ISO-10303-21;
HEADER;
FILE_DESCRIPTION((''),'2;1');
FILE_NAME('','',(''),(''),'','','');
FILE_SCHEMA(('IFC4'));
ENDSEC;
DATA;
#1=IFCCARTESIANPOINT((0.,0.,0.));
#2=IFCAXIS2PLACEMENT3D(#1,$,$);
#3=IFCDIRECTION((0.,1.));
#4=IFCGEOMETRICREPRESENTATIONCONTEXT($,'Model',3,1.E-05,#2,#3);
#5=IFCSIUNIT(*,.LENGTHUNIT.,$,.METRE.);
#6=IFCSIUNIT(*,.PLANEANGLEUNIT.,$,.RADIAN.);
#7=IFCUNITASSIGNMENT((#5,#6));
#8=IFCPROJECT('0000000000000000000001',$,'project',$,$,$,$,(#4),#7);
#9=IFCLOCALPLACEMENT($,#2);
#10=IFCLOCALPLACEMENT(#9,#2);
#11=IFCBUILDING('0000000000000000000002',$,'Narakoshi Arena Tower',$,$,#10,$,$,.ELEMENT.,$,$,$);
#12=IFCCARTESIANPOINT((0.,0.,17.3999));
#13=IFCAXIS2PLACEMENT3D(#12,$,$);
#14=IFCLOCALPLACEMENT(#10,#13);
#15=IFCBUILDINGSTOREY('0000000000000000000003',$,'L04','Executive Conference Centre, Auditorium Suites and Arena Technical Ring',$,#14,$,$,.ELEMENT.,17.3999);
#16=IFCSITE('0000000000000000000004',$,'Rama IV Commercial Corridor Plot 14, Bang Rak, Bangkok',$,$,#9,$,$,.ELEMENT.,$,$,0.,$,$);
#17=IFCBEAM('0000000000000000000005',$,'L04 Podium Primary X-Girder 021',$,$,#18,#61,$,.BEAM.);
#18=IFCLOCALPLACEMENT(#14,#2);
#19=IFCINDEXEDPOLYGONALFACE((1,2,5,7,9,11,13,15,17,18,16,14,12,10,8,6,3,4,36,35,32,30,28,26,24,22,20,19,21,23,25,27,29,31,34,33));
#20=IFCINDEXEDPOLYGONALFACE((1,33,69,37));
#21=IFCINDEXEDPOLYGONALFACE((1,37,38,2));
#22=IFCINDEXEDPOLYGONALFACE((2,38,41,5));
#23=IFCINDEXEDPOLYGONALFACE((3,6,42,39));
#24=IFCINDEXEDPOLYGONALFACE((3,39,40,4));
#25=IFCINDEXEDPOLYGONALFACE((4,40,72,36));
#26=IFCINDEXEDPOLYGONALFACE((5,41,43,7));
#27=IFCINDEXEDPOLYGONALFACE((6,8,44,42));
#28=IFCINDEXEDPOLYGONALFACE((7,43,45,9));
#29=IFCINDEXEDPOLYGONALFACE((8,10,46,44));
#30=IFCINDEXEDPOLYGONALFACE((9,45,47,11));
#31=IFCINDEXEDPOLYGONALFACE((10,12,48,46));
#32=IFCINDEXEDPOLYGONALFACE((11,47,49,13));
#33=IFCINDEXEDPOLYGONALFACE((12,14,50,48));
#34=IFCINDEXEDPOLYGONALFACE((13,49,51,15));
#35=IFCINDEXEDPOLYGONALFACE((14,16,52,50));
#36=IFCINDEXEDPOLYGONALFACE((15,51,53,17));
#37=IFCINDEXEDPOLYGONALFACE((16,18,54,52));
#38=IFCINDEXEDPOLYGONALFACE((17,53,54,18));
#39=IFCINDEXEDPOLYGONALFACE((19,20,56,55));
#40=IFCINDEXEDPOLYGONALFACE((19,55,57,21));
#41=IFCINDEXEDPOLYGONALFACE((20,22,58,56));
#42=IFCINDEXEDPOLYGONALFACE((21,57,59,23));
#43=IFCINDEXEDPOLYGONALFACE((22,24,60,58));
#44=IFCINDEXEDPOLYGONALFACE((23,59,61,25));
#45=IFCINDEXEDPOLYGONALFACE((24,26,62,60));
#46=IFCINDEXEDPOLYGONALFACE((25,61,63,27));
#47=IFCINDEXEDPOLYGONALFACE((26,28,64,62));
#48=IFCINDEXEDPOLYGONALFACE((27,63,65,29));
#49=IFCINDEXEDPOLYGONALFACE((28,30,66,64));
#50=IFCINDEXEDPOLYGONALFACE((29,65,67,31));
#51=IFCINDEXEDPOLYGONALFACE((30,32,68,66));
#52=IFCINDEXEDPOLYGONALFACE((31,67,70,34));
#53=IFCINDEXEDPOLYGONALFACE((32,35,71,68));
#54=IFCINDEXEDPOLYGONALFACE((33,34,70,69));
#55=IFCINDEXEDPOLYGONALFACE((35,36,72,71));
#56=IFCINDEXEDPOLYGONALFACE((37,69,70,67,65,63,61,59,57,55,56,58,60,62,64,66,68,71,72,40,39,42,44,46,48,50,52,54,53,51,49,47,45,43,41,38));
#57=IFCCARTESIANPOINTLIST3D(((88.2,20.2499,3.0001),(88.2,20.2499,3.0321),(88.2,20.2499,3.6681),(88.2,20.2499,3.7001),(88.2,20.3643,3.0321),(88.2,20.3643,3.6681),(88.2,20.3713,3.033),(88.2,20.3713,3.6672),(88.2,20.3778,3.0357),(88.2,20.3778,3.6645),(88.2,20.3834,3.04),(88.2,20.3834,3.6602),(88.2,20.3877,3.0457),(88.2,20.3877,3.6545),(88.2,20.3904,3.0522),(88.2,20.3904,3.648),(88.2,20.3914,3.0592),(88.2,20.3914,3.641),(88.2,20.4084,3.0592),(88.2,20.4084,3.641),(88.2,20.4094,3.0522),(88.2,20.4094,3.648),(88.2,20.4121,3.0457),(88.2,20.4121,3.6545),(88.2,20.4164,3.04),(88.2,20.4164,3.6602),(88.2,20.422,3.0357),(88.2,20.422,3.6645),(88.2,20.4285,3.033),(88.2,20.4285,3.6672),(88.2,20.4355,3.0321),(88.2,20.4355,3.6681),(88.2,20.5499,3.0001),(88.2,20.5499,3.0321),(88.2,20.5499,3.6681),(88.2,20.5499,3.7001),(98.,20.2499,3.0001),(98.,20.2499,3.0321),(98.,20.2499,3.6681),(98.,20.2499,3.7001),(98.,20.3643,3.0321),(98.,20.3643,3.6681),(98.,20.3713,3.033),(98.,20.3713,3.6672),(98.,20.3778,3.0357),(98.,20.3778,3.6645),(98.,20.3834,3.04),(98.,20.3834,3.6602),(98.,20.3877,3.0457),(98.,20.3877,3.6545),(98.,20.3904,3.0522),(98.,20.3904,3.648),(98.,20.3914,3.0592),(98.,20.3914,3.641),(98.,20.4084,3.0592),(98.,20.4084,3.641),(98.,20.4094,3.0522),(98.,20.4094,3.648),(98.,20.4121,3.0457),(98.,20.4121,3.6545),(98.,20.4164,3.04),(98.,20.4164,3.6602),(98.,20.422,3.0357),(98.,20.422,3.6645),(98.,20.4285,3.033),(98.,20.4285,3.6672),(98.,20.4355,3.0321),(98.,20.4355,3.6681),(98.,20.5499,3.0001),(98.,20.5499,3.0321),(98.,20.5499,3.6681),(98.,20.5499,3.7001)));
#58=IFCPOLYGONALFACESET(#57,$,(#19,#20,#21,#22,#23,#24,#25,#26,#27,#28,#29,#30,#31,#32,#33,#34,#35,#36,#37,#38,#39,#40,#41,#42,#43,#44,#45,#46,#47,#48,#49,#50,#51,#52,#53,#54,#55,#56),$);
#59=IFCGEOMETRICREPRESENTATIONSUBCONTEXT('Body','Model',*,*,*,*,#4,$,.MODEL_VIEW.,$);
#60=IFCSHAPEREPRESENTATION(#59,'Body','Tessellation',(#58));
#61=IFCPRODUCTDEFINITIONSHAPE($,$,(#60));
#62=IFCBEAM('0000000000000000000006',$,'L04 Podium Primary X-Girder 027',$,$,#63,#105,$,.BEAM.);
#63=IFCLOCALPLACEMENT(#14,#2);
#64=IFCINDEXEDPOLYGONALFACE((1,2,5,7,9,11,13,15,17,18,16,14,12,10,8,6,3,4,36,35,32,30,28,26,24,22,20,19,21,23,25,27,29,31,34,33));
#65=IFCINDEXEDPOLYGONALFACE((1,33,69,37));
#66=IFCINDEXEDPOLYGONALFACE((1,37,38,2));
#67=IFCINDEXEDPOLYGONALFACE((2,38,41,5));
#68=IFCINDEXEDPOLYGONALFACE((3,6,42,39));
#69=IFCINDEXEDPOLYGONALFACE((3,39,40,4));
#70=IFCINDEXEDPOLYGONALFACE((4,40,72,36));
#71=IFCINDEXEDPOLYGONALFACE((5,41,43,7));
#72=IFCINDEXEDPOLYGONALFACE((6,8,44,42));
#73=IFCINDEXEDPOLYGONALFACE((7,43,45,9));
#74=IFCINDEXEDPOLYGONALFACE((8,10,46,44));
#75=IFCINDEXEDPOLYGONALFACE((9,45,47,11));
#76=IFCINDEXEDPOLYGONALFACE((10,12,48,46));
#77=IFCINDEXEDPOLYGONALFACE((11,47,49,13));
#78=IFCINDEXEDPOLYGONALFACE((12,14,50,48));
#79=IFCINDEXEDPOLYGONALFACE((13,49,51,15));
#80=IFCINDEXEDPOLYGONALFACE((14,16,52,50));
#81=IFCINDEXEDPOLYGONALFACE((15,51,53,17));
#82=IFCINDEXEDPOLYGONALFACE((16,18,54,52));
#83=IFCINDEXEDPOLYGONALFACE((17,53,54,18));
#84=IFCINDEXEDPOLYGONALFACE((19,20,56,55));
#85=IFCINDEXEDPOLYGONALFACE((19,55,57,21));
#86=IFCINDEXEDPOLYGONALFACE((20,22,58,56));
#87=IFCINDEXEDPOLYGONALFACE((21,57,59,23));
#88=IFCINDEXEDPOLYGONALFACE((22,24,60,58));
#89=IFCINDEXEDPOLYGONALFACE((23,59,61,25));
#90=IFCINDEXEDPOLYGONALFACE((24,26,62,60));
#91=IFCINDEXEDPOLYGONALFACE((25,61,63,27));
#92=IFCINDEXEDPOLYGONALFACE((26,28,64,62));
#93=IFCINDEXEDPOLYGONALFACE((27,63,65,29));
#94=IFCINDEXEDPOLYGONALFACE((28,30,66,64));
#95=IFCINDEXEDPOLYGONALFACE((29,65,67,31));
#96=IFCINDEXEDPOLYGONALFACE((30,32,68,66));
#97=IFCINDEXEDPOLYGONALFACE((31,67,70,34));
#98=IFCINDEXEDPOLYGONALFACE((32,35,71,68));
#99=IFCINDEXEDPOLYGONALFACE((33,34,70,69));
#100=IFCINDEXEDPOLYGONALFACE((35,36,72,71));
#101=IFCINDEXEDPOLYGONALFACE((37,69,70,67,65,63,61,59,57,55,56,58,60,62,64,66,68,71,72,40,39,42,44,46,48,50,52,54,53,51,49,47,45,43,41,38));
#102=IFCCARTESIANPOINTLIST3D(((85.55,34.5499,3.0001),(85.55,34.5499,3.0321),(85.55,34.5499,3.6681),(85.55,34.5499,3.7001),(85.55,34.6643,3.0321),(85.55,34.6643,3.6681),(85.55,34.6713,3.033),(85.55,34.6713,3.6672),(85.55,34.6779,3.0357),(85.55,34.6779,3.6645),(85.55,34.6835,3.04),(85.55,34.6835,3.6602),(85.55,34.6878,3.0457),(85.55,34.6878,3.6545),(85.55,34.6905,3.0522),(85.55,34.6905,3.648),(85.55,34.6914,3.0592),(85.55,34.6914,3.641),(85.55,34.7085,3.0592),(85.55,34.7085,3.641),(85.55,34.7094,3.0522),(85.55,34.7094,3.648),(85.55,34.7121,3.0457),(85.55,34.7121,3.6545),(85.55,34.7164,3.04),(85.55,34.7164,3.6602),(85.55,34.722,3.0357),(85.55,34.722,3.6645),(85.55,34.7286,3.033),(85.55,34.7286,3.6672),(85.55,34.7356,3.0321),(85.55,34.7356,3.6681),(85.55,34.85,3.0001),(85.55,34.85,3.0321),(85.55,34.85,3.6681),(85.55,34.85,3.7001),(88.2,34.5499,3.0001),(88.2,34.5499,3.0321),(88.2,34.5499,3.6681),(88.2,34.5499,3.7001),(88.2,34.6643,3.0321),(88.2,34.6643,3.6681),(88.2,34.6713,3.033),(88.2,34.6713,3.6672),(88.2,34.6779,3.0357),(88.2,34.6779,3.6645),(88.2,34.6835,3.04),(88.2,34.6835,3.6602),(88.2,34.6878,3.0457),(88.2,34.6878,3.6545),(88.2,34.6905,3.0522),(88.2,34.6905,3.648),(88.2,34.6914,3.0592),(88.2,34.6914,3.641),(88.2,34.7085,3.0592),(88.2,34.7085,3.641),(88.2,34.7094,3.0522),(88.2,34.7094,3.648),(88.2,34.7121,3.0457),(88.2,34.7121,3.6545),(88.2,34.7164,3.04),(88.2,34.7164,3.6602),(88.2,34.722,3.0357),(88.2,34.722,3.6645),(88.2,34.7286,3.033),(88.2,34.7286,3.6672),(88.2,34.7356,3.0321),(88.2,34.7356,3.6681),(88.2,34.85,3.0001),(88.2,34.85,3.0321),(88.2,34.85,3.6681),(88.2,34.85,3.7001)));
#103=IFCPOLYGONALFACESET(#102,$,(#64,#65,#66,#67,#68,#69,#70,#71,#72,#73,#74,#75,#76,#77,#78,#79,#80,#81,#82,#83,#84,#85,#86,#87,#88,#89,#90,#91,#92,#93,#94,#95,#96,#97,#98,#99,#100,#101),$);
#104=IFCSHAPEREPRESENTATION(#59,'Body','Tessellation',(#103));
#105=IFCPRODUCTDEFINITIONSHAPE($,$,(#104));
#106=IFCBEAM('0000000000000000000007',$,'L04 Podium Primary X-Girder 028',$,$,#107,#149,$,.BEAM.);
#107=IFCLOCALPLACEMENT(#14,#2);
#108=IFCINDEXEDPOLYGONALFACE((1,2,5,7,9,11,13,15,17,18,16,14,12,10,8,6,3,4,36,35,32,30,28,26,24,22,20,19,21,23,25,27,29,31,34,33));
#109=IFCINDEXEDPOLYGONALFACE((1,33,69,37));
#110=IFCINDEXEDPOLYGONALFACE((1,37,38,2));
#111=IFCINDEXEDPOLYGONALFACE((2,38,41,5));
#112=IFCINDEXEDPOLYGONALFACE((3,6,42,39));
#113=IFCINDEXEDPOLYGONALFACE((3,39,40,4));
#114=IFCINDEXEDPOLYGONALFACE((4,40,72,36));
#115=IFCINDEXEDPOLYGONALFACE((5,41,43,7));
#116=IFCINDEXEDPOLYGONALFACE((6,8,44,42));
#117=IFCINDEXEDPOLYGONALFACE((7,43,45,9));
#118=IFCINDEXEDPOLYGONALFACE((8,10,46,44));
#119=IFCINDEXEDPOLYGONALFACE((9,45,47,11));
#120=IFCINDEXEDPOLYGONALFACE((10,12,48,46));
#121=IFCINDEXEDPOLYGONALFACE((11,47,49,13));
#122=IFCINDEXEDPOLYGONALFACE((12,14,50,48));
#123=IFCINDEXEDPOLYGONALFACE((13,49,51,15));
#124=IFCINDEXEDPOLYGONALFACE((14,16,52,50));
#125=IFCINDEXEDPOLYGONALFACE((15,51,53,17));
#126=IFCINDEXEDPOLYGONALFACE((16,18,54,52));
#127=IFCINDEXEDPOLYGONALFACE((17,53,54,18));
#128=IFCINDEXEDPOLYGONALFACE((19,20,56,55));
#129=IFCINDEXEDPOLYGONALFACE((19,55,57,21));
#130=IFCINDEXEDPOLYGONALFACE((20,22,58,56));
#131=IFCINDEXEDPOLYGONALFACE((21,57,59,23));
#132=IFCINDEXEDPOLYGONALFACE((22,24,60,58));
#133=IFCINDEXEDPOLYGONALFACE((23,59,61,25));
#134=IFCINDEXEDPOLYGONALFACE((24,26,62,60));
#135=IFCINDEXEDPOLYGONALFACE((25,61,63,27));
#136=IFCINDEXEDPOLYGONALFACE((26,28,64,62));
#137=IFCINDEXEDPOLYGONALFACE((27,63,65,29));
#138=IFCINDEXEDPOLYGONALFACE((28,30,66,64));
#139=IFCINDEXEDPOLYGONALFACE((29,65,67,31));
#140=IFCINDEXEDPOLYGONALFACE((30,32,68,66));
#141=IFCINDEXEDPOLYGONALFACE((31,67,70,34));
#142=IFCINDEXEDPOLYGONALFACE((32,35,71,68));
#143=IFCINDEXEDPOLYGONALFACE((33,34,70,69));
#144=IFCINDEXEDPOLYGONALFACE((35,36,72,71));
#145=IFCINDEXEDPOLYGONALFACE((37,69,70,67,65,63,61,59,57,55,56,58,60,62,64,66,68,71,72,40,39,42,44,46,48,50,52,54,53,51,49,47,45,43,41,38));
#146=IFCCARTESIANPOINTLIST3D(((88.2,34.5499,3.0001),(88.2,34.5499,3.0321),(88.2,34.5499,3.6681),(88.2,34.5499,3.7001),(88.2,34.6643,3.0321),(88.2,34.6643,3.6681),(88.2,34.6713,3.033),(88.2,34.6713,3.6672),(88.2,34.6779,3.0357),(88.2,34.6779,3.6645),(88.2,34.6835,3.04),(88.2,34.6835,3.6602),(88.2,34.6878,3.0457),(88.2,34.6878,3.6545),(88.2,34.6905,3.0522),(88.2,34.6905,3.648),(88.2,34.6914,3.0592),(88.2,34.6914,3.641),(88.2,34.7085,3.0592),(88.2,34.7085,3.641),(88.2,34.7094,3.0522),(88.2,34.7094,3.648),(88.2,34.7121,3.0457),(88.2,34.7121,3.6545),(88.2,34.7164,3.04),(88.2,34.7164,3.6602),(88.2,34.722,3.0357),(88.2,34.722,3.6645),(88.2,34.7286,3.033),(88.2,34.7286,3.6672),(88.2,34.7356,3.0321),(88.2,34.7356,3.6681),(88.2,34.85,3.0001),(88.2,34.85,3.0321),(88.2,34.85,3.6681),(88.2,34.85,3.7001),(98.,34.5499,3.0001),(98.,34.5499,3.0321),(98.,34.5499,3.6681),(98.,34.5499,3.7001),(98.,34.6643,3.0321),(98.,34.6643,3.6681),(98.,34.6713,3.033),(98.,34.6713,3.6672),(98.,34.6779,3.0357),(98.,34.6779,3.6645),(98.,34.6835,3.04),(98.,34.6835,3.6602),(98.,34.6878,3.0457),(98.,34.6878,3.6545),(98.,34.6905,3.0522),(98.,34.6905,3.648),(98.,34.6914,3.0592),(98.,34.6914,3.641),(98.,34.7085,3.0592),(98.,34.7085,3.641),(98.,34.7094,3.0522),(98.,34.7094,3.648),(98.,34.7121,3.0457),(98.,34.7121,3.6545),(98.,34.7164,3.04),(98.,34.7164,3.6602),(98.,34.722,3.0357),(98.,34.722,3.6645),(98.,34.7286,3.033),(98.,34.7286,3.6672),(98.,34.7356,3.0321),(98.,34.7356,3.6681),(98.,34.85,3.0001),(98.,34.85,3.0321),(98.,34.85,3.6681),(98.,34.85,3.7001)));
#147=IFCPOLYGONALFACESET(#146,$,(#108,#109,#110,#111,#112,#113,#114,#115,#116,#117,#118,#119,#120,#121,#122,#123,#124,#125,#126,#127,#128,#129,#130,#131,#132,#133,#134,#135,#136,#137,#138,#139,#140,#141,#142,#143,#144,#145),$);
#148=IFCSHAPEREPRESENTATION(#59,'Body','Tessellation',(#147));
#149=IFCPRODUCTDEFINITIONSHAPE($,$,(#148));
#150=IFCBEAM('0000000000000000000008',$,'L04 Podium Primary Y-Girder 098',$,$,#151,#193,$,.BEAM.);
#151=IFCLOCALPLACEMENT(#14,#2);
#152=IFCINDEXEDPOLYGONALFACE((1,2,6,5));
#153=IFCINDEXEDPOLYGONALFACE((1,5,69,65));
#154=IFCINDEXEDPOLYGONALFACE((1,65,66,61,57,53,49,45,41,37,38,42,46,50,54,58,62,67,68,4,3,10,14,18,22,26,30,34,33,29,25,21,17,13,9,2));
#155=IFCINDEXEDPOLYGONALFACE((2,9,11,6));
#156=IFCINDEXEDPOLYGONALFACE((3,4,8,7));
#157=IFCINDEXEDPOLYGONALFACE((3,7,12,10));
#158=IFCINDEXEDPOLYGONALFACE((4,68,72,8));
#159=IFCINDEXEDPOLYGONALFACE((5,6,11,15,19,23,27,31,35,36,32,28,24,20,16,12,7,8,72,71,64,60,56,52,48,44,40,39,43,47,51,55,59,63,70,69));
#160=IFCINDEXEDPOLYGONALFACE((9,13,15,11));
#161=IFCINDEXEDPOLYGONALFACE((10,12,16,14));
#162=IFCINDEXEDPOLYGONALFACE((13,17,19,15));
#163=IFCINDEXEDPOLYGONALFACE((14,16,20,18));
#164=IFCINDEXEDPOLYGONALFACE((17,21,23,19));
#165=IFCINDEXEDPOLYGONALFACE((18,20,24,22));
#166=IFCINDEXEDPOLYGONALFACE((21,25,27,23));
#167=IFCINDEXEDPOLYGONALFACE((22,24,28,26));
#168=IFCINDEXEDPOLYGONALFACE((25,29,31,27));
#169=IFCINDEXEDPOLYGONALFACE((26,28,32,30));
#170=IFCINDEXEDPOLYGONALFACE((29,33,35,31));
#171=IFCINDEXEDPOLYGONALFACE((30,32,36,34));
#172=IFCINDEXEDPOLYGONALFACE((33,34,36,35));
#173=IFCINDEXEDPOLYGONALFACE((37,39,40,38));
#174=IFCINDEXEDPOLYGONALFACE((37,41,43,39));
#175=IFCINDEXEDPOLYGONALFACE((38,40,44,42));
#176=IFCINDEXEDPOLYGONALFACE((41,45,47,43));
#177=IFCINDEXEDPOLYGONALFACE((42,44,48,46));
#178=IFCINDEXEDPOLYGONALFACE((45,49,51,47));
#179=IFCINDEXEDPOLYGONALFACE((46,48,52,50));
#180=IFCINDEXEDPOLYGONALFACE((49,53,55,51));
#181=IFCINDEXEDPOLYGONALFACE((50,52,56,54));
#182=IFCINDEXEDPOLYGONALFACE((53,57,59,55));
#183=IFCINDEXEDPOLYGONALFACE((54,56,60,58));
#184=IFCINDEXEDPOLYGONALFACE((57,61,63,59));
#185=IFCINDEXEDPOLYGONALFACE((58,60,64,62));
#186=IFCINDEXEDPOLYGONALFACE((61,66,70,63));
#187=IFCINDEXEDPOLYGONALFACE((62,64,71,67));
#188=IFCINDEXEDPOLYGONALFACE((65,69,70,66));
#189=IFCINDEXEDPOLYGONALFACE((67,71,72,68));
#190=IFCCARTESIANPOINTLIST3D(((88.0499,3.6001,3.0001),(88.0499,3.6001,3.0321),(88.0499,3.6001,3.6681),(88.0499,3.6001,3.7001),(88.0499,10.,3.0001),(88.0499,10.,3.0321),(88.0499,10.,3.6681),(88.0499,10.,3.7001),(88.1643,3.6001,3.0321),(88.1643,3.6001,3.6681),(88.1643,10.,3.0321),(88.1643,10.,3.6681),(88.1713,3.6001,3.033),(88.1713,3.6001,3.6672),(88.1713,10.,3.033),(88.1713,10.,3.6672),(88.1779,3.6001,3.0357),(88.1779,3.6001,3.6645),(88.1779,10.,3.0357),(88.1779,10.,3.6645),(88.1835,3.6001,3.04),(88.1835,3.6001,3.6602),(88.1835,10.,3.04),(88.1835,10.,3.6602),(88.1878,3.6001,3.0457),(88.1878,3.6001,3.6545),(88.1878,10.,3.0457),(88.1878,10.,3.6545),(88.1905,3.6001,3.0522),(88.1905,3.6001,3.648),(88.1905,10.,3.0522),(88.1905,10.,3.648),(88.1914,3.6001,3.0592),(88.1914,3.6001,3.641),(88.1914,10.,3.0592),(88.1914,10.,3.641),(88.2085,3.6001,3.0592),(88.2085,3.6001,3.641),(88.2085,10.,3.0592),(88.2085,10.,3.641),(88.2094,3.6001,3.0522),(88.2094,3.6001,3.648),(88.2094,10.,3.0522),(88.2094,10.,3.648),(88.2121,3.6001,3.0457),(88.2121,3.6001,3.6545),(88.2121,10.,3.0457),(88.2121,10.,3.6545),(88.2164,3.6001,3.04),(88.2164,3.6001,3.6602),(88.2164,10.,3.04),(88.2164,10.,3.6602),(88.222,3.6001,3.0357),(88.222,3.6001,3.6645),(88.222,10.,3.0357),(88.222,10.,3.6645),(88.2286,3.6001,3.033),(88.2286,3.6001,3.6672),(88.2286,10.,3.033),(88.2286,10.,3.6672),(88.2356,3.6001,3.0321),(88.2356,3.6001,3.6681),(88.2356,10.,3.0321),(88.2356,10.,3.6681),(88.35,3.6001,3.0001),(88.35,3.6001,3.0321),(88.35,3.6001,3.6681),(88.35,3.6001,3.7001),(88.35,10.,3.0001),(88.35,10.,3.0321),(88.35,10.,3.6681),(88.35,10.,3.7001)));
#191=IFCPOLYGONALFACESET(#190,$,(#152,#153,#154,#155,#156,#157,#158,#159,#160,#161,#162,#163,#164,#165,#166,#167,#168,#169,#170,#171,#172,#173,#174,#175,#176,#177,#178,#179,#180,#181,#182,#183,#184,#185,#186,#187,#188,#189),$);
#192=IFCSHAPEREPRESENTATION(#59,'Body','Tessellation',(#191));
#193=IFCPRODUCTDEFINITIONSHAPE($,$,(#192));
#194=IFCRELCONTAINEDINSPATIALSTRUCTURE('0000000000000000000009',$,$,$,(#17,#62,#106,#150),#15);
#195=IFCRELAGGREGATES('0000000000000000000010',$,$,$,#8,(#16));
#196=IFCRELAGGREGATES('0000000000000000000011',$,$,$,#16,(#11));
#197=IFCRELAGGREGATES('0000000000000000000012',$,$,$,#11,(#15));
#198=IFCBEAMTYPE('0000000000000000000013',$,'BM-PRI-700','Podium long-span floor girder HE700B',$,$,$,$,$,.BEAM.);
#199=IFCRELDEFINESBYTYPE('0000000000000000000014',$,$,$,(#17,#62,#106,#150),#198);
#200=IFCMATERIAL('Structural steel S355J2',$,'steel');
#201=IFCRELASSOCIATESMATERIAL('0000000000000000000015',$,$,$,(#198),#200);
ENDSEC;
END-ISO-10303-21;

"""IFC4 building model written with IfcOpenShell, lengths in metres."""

from ifc_helpers import new_model, si_unit, direction, frame, origin, origin_2d, place, context, subcontext, project, spatial, i_section, extrude, material, material_profile, profile_set, type_object, element, save


model = new_model("IFC4")

# Units and contexts
model_context = context("Model", 3, precision=1e-05, world=origin(), true_north=direction((0.0, 1.0)))
body_context = subcontext(model_context, "Body", "Model", "MODEL_VIEW")
ifc_project = project(units=[si_unit("LENGTHUNIT", "METRE"), si_unit("PLANEANGLEUNIT", "RADIAN")], contexts=[model_context])

# Site, building, storey
site_placement = place(None, origin())
site = spatial("IfcSite", under=ifc_project, at=site_placement, Name="Rama IV Commercial Corridor Plot 14, Bang Rak, Bangkok", CompositionType="ELEMENT", RefElevation=0.0)
building_placement = place(site_placement, origin())
building = spatial("IfcBuilding", under=site, at=building_placement, Name="Narakoshi Arena Tower", CompositionType="ELEMENT")
storey_placement = place(building_placement, frame((0.0, 0.0, 17.3999)))
storey = spatial("IfcBuildingStorey", under=building, at=storey_placement, Name="L04", Description="Executive Conference Centre, Auditorium Suites and Arena Technical Ring", CompositionType="ELEMENT", Elevation=17.3999)

# Beams
ifc_material_1 = material(Name="Structural steel S355J2", Category="steel")
ifc_material_profile_1 = material_profile(ifc_material_1, i_section(OverallWidth=0.3, OverallDepth=0.7, WebThickness=0.0171, FlangeThickness=0.032, FilletRadius=0.0271, at=origin_2d()), Name="HE700B")
ifc_profile_set_1 = profile_set([ifc_material_profile_1], Name="Structural steel S355J2")
beam_type_1 = type_object("IfcBeamType", Name="BM-PRI-700", Description="Podium long-span floor girder HE700B", PredefinedType="BEAM", material=ifc_profile_set_1)
for number, where, z_axis, x_axis, name in (
    (1, (88.2, 20.3999, 3.3501), (1.0, 0.0, 0.0), (0.0, 1.0, 0.0), "L04 Podium Primary X-Girder 021"),
):
    element("IfcBeam", number, at=place(storey_placement, frame(where, z_axis=z_axis, x_axis=x_axis)), inside=storey, type_object=beam_type_1, Name=name, PredefinedType="BEAM", context=body_context, shape_type="SweptSolid", body=[
        extrude(i_section(OverallWidth=0.3, OverallDepth=0.7, WebThickness=0.0171, FlangeThickness=0.032, FilletRadius=0.0271, at=origin_2d()), origin(), (0.0, 0.0, 1.0), 9.8),
    ])
beam_1_placement = place(storey_placement, frame((85.55, 34.7, 3.3501), z_axis=(1.0, 0.0, 0.0), x_axis=(0.0, 1.0, 0.0)))
element("IfcBeam", 2, at=beam_1_placement, inside=storey, type_object=beam_type_1, Name="L04 Podium Primary X-Girder 027", PredefinedType="BEAM", context=body_context, shape_type="SweptSolid", body=[
    extrude(i_section(OverallWidth=0.3, OverallDepth=0.7, WebThickness=0.0171, FlangeThickness=0.032, FilletRadius=0.0271, at=origin_2d()), origin(), (0.0, 0.0, 1.0), 2.6499),
])
beam_2_placement = place(storey_placement, frame((88.2, 34.7, 3.3501), z_axis=(1.0, 0.0, 0.0), x_axis=(0.0, 1.0, 0.0)))
element("IfcBeam", 3, at=beam_2_placement, inside=storey, type_object=beam_type_1, Name="L04 Podium Primary X-Girder 028", PredefinedType="BEAM", context=body_context, shape_type="SweptSolid", body=[
    extrude(i_section(OverallWidth=0.3, OverallDepth=0.7, WebThickness=0.0171, FlangeThickness=0.032, FilletRadius=0.0271, at=origin_2d()), origin(), (0.0, 0.0, 1.0), 9.8),
])
beam_3_placement = place(storey_placement, frame((88.2, 3.6001, 3.3501), z_axis=(0.0, 1.0, 0.0), x_axis=(-1.0, 0.0, 0.0)))
element("IfcBeam", 4, at=beam_3_placement, inside=storey, type_object=beam_type_1, Name="L04 Podium Primary Y-Girder 098", PredefinedType="BEAM", context=body_context, shape_type="SweptSolid", body=[
    extrude(i_section(OverallWidth=0.3, OverallDepth=0.7, WebThickness=0.0171, FlangeThickness=0.032, FilletRadius=0.0271, at=origin_2d()), origin(), (0.0, 0.0, 1.0), 6.3999),
])

save(model, "model.ifc")
